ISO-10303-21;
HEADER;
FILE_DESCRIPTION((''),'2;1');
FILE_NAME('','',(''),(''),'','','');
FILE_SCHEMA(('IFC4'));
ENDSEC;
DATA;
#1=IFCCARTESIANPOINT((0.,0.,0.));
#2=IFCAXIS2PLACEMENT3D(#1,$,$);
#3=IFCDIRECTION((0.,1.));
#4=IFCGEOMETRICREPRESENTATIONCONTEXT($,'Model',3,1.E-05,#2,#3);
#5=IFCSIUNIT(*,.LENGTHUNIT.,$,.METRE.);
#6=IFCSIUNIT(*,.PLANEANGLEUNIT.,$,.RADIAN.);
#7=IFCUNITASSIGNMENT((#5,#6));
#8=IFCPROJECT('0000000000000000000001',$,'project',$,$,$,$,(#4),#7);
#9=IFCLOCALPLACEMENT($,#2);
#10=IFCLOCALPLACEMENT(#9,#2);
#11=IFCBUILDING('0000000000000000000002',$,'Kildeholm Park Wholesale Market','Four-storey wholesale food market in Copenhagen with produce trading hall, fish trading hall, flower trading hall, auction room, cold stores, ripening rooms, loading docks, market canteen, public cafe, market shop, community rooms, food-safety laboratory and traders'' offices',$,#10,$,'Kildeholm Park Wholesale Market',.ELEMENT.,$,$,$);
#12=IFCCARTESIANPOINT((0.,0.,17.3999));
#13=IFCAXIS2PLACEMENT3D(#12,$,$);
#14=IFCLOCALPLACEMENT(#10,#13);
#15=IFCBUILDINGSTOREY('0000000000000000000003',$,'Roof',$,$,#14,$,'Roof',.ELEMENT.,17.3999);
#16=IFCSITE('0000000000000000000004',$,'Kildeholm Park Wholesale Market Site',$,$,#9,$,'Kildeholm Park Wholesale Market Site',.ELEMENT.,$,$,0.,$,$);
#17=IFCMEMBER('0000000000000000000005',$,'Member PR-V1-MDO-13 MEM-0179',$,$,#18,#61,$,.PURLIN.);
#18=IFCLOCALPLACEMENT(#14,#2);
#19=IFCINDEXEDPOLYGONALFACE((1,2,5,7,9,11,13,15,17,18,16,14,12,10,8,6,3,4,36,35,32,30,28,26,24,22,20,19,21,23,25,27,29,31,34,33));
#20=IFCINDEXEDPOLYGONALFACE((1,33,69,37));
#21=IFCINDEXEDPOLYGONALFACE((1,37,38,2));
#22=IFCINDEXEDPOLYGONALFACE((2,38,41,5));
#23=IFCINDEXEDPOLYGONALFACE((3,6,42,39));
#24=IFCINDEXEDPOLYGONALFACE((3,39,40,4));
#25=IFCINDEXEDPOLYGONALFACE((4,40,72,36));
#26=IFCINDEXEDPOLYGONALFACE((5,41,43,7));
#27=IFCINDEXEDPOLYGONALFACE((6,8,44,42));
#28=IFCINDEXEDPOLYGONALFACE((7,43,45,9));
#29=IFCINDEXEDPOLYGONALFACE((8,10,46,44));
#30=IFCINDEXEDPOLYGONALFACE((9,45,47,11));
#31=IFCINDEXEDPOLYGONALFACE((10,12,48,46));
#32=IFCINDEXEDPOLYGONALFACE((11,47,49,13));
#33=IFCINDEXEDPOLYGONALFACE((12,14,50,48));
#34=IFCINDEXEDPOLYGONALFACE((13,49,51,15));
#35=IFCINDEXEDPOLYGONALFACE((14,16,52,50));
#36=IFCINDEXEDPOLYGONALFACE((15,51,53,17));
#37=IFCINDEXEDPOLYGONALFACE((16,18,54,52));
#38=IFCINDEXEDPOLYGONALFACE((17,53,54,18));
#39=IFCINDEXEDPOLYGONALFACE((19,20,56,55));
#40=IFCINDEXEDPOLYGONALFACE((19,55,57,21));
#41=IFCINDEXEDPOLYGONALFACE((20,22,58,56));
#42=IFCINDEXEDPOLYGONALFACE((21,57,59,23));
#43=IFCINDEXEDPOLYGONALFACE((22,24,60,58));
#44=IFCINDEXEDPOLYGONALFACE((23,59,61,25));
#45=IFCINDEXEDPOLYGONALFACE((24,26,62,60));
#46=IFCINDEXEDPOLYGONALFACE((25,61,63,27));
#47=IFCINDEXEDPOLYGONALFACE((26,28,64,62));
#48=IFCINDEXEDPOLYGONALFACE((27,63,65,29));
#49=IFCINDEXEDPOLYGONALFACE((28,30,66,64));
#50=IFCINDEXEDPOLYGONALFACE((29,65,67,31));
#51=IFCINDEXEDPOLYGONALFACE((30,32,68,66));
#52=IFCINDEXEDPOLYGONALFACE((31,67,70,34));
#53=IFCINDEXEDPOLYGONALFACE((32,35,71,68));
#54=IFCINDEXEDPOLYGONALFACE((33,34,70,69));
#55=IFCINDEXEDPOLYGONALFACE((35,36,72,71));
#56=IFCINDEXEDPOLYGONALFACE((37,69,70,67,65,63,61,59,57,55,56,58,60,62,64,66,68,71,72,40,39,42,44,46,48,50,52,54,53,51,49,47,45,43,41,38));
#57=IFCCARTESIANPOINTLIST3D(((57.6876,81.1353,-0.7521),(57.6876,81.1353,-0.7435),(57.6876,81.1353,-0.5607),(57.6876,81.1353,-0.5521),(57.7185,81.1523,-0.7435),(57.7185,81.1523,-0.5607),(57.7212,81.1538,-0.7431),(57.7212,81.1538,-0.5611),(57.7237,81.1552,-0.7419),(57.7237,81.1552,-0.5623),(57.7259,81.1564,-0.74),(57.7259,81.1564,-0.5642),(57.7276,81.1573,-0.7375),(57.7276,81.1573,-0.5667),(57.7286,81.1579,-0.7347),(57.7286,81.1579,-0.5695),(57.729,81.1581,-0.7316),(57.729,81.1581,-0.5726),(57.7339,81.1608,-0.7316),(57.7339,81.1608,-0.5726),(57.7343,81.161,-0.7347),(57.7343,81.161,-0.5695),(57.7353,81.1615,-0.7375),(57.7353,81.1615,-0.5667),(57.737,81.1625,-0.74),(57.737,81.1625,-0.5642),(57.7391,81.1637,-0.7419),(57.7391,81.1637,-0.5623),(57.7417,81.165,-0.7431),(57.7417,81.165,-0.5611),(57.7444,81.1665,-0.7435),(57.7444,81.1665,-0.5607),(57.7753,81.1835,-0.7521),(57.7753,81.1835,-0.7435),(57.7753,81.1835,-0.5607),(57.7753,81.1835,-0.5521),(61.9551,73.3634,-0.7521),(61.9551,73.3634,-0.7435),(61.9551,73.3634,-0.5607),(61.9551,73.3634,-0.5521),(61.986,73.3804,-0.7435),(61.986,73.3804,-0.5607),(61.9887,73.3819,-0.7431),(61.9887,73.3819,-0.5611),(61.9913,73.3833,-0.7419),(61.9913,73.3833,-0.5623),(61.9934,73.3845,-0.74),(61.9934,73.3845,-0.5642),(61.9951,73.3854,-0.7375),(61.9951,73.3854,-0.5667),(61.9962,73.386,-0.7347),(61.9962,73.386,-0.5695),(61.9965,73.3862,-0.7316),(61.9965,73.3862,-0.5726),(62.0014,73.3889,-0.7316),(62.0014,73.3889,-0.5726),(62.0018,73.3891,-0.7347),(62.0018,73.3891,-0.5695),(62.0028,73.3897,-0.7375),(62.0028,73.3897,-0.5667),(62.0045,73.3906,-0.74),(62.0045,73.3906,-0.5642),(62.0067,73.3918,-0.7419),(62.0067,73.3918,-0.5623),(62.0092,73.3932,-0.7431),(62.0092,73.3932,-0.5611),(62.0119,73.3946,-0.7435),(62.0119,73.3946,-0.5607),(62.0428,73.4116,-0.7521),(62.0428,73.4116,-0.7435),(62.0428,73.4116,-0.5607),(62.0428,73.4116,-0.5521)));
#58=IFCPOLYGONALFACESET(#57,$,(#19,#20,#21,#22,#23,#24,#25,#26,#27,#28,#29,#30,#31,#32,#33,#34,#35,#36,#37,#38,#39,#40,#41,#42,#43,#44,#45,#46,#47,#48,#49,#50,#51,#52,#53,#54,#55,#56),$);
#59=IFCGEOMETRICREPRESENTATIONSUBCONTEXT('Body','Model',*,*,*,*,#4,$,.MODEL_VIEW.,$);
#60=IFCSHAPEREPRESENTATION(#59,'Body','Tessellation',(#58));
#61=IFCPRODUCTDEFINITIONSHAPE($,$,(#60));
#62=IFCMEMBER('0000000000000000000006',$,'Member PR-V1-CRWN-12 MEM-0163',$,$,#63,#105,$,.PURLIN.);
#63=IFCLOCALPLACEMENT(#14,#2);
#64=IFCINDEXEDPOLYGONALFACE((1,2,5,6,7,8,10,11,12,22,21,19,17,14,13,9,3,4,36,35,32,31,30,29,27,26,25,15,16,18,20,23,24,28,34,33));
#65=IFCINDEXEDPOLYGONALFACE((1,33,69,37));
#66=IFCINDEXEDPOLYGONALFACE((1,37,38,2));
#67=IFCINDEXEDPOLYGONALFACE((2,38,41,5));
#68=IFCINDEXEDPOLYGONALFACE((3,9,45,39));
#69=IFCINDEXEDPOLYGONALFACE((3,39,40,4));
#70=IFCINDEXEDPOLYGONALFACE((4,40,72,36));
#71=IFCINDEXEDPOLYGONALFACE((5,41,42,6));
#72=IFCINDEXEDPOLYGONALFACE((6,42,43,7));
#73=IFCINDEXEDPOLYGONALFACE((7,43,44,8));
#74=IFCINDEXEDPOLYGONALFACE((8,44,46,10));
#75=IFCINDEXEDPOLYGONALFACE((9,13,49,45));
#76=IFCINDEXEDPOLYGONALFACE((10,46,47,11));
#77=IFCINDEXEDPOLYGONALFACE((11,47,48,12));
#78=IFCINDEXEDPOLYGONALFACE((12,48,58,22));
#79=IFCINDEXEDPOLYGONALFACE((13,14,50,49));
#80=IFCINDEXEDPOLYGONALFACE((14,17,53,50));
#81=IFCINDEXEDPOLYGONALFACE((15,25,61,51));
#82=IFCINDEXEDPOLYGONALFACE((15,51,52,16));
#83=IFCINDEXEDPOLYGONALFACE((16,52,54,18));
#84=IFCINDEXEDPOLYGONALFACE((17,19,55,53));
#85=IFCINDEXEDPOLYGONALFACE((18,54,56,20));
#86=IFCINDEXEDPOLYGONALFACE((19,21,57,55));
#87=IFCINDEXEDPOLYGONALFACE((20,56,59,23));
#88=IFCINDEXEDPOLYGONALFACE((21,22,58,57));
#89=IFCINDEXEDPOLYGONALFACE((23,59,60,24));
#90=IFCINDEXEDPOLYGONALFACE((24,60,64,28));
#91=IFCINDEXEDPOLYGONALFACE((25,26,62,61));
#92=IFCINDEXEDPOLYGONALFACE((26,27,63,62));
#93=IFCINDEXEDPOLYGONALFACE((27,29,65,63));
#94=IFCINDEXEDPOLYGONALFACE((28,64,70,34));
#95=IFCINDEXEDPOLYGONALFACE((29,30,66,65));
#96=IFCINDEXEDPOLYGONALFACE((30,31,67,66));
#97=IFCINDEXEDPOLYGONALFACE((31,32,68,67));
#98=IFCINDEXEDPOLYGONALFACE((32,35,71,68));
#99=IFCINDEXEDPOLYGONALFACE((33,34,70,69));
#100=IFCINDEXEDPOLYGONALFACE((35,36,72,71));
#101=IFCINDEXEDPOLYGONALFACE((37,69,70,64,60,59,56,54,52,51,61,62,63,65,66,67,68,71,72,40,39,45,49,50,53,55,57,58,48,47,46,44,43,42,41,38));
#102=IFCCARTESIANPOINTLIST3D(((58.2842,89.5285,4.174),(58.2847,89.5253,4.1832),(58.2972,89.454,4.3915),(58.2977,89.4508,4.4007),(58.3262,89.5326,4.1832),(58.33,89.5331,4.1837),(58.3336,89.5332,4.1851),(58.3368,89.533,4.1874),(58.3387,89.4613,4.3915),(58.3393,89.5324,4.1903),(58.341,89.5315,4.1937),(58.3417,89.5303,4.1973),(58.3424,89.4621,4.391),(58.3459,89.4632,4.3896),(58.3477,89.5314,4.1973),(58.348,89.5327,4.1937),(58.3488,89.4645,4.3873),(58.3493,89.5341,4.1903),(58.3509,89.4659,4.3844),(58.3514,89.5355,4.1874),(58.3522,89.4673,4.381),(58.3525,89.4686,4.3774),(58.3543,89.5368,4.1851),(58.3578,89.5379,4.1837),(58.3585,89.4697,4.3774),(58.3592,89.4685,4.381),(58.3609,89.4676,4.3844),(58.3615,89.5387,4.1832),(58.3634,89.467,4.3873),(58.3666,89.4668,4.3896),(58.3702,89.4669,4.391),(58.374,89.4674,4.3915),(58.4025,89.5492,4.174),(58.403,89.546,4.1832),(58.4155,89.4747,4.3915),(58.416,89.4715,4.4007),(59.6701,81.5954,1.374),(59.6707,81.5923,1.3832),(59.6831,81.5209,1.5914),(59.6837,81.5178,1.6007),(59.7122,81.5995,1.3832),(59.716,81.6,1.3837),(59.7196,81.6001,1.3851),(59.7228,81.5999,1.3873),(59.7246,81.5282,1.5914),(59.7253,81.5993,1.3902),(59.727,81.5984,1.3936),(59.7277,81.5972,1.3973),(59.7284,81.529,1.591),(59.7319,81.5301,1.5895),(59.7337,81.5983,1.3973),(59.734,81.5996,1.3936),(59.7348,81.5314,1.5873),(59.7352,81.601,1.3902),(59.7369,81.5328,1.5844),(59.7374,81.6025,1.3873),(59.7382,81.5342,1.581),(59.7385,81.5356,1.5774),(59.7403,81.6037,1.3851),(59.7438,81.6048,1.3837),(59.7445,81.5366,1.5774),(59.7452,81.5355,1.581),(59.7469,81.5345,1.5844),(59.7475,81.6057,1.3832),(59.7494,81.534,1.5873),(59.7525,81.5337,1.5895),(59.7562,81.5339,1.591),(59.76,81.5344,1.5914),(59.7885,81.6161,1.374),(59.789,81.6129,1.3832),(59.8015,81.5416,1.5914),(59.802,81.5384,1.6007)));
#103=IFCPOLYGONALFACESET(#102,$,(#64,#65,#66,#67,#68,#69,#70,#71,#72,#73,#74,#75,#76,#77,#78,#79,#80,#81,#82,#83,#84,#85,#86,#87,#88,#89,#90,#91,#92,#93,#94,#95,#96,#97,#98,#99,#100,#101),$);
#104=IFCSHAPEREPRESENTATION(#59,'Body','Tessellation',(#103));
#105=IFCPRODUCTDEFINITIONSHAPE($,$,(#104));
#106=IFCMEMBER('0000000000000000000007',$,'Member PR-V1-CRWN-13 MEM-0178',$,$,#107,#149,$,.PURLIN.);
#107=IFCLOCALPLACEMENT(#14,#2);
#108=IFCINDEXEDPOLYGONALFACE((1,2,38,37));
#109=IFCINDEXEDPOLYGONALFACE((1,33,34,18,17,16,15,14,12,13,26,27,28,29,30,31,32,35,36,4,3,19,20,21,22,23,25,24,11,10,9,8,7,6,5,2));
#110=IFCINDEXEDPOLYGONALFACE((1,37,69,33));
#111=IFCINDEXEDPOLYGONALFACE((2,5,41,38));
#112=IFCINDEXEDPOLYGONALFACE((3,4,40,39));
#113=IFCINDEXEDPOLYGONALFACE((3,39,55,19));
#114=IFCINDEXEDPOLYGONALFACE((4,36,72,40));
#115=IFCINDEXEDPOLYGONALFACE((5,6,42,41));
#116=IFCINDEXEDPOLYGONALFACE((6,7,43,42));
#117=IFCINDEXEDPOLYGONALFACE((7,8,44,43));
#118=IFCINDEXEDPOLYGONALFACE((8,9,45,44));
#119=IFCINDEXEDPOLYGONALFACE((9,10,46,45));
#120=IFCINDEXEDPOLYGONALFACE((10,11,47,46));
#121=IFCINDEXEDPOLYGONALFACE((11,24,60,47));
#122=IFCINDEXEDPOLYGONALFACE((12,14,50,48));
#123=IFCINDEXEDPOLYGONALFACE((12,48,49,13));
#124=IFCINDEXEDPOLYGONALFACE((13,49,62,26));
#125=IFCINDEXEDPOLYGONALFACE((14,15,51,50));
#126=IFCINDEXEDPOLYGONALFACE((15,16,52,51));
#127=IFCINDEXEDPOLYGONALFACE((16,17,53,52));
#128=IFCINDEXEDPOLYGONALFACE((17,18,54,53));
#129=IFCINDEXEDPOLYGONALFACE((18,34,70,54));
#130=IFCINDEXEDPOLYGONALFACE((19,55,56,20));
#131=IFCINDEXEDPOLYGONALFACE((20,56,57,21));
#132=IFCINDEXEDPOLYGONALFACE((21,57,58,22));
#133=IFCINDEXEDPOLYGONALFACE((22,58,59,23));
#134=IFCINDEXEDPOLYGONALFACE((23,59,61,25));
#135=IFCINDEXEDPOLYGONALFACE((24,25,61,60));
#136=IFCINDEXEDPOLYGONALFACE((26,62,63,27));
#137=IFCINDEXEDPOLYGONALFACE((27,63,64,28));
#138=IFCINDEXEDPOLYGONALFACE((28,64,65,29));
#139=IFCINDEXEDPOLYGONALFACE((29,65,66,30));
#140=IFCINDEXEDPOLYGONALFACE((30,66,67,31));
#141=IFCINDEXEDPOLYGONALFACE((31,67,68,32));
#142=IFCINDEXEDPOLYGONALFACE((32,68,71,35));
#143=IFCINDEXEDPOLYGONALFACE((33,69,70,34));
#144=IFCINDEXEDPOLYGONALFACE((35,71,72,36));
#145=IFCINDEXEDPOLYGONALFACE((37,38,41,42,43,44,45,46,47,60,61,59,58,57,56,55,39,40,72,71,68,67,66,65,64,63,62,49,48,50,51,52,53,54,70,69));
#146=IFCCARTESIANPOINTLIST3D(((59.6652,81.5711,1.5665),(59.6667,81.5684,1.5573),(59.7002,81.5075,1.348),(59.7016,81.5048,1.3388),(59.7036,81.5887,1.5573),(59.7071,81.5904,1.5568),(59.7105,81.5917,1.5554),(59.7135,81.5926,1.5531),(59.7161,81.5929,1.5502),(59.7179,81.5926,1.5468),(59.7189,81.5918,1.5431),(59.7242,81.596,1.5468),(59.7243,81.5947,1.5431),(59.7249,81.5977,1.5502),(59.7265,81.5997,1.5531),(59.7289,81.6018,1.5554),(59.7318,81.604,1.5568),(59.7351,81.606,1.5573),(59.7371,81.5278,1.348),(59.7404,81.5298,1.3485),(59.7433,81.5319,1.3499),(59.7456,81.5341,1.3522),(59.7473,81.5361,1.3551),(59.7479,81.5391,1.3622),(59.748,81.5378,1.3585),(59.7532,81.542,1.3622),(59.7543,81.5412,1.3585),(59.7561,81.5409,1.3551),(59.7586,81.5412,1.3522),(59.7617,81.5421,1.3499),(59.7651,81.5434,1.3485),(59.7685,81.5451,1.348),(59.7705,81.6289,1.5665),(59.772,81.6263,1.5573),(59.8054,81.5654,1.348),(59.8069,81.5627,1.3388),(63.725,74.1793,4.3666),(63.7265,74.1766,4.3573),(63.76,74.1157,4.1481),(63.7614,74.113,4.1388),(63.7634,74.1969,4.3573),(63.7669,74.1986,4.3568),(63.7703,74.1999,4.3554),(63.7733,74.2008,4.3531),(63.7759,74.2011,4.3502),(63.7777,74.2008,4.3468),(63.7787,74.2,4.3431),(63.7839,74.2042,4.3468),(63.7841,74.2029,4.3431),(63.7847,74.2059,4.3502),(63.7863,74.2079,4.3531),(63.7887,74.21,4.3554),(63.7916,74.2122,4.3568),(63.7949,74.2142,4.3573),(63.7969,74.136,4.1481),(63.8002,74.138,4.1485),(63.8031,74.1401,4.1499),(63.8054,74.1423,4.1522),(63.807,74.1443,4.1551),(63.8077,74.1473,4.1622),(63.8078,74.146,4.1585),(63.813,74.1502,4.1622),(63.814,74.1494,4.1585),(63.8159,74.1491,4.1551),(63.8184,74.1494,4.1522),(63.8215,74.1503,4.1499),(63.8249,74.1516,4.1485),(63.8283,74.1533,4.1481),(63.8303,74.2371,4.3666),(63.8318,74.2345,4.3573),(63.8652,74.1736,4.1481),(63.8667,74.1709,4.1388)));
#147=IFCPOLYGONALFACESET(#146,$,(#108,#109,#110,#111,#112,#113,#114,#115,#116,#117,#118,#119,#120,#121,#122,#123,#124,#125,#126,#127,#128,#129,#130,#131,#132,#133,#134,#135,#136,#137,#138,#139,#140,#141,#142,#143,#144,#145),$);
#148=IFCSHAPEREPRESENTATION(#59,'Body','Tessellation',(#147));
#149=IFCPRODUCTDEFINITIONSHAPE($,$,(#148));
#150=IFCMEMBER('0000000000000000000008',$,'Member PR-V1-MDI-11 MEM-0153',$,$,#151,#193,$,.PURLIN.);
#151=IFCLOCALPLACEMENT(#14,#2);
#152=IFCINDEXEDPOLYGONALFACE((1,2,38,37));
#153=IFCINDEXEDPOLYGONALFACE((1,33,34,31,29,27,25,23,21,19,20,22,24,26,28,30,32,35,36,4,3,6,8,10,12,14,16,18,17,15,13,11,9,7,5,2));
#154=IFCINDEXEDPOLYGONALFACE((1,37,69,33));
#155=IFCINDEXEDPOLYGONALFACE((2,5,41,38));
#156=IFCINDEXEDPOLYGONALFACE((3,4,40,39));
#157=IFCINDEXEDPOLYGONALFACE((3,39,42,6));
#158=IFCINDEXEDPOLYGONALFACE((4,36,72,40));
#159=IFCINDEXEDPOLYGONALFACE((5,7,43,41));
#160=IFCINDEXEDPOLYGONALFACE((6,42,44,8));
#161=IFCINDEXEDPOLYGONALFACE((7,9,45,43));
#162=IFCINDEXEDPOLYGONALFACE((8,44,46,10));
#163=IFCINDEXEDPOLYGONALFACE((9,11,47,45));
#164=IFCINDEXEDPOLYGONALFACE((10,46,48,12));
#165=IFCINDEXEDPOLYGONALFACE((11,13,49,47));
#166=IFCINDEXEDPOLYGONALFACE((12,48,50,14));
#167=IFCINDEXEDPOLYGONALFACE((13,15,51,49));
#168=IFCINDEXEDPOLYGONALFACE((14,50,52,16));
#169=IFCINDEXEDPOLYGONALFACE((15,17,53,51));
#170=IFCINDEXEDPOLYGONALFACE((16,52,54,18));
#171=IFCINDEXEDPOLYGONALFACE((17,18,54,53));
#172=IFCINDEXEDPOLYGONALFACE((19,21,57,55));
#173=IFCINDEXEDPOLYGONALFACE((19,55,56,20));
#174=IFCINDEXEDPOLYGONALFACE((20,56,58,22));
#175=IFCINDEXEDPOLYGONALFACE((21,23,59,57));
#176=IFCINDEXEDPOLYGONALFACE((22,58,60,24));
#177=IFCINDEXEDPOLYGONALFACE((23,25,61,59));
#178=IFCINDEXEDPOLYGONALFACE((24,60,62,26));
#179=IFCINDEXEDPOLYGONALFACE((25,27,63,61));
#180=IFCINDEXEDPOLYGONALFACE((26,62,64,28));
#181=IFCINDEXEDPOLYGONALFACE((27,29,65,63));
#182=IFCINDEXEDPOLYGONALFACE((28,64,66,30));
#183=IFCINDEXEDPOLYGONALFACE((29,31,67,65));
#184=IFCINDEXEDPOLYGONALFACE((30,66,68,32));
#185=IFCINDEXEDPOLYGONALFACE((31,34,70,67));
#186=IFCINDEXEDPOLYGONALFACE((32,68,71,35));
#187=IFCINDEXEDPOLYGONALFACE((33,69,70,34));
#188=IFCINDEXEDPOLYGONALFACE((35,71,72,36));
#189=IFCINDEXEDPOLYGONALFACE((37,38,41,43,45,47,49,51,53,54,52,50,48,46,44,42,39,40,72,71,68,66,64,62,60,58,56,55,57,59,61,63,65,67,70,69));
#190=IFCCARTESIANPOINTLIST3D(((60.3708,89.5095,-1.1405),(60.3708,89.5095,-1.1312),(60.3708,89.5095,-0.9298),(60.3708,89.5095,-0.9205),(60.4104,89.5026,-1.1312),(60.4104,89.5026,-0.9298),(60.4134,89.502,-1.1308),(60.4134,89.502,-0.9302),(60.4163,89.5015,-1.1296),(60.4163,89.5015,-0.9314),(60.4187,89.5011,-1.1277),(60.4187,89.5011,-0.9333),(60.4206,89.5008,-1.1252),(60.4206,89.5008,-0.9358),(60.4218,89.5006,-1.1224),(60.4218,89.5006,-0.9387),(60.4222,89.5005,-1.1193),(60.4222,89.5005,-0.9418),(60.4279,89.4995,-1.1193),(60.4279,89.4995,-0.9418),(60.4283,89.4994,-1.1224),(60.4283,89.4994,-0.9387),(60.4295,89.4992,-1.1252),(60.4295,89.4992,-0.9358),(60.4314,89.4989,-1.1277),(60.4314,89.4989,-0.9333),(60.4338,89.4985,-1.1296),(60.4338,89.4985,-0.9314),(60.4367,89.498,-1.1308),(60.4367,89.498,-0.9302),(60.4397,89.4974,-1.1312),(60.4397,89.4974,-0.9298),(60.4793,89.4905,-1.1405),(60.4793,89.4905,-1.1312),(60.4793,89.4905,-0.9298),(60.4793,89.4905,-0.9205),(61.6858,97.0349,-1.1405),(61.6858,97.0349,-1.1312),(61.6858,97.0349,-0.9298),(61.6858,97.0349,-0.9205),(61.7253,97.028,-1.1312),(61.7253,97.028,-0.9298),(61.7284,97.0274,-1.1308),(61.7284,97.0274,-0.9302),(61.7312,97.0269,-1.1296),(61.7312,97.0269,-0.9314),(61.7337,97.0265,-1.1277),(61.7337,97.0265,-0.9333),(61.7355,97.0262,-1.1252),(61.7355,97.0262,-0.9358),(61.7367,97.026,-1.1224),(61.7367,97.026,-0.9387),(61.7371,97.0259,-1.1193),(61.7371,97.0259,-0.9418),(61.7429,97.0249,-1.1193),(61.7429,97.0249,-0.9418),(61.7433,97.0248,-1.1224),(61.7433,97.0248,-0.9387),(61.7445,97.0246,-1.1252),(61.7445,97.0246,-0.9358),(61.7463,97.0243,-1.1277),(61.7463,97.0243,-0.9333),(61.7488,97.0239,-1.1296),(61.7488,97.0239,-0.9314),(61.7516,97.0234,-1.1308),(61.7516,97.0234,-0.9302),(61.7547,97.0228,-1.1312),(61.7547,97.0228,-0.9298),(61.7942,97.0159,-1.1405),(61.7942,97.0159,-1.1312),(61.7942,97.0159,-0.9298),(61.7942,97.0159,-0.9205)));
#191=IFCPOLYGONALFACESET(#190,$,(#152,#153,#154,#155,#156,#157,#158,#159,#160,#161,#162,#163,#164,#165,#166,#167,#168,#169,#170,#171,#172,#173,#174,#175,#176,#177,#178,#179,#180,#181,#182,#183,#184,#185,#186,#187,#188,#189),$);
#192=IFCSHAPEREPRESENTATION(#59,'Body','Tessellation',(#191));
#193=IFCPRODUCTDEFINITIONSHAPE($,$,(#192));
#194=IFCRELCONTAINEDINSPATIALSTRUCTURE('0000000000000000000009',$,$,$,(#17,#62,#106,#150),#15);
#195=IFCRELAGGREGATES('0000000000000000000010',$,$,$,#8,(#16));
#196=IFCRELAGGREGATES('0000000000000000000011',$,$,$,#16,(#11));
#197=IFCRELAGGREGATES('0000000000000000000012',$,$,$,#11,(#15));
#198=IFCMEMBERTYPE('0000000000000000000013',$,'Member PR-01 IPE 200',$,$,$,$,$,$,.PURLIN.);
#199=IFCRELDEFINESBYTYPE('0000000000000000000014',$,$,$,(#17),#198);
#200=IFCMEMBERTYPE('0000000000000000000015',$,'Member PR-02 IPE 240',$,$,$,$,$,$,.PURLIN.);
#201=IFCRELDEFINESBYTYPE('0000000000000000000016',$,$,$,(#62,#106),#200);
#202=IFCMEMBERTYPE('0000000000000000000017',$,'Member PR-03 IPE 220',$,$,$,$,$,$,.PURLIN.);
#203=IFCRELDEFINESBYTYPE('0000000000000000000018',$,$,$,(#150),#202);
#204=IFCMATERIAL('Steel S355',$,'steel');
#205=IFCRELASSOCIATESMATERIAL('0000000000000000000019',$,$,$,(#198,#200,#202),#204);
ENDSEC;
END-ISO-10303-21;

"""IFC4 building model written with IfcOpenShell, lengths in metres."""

from ifc_helpers import new_model, si_unit, direction, frame, origin, origin_2d, place, context, subcontext, project, spatial, i_section, extrude, material, material_profile, profile_set, type_object, element, save


model = new_model("IFC4")

# Units and contexts
model_context = context("Model", 3, precision=1e-05, world=origin(), true_north=direction((0.0, 1.0)))
body_context = subcontext(model_context, "Body", "Model", "MODEL_VIEW")
ifc_project = project(units=[si_unit("LENGTHUNIT", "METRE"), si_unit("PLANEANGLEUNIT", "RADIAN")], contexts=[model_context])

# Site, building, storey
site_placement = place(None, origin())
site = spatial("IfcSite", under=ifc_project, at=site_placement, Name="Kildeholm Park Wholesale Market Site", LongName="Kildeholm Park Wholesale Market Site", CompositionType="ELEMENT", RefElevation=0.0)
building_placement = place(site_placement, origin())
building = spatial("IfcBuilding", under=site, at=building_placement, Name="Kildeholm Park Wholesale Market", Description="Four-storey wholesale food market in Copenhagen with produce trading hall, fish trading hall, flower trading hall, auction room, cold stores, ripening rooms, loading docks, market canteen, public cafe, market shop, community rooms, food-safety laboratory and traders' offices", LongName="Kildeholm Park Wholesale Market", CompositionType="ELEMENT")
storey_placement = place(building_placement, frame((0.0, 0.0, 17.3999)))
storey = spatial("IfcBuildingStorey", under=building, at=storey_placement, Name="Roof", LongName="Roof", CompositionType="ELEMENT", Elevation=17.3999)

# Members
ifc_material_1 = material(Name="Steel S355", Category="steel")
ifc_material_profile_1 = material_profile(ifc_material_1, i_section(OverallWidth=0.1001, OverallDepth=0.2, WebThickness=0.0056, FlangeThickness=0.0085, FilletRadius=0.012, at=origin_2d()), Name="IPE 200")
ifc_profile_set_1 = profile_set([ifc_material_profile_1], Name="Steel S355")
member_type_1 = type_object("IfcMemberType", Name="Member PR-01 IPE 200", PredefinedType="PURLIN", material=ifc_profile_set_1)
member_1_placement = place(storey_placement, frame((57.7314, 81.1594, -0.6521), z_axis=(0.481312, -0.876549, 0.0), x_axis=(0.876549, 0.481312, 0.0)))
element("IfcMember", 1, at=member_1_placement, inside=storey, type_object=member_type_1, Name="Member PR-V1-MDO-13 MEM-0179", PredefinedType="PURLIN", context=body_context, shape_type="SweptSolid", body=[
    extrude(i_section(OverallWidth=0.1001, OverallDepth=0.2, WebThickness=0.0056, FlangeThickness=0.0085, FilletRadius=0.012, at=origin_2d()), origin(), (0.0, 0.0, 1.0), 8.8665),
])
ifc_material_profile_2 = material_profile(ifc_material_1, i_section(OverallWidth=0.1201, OverallDepth=0.24, WebThickness=0.0061, FlangeThickness=0.0098, FilletRadius=0.0149, at=origin_2d()), Name="IPE 240")
ifc_profile_set_2 = profile_set([ifc_material_profile_2], Name="Steel S355")
member_type_2 = type_object("IfcMemberType", Name="Member PR-02 IPE 240", PredefinedType="PURLIN", material=ifc_profile_set_2)
member_2_placement = place(storey_placement, frame((58.3501, 89.5, 4.2874), z_axis=(0.162557, -0.930443, -0.328407), x_axis=(0.985079, 0.172102, 0.0)))
element("IfcMember", 2, at=member_2_placement, inside=storey, type_object=member_type_2, Name="Member PR-V1-CRWN-12 MEM-0163", PredefinedType="PURLIN", context=body_context, shape_type="SweptSolid", body=[
    extrude(i_section(OverallWidth=0.1201, OverallDepth=0.24, WebThickness=0.0061, FlangeThickness=0.0098, FilletRadius=0.0149, at=origin_2d()), origin(), (0.0, 0.0, 1.0), 8.5261),
])
member_3_placement = place(storey_placement, frame((59.7361, 81.5669, 1.4526), z_axis=(0.456875, -0.831849, 0.315106), x_axis=(0.876501, 0.4814, 0.0)))
element("IfcMember", 3, at=member_3_placement, inside=storey, type_object=member_type_2, Name="Member PR-V1-CRWN-13 MEM-0178", PredefinedType="PURLIN", context=body_context, shape_type="SweptSolid", body=[
    extrude(i_section(OverallWidth=0.1201, OverallDepth=0.24, WebThickness=0.0061, FlangeThickness=0.0098, FilletRadius=0.0149, at=origin_2d()), origin(), (0.0, 0.0, 1.0), 8.886),
])
ifc_material_profile_3 = material_profile(ifc_material_1, i_section(OverallWidth=0.1101, OverallDepth=0.22, WebThickness=0.0059, FlangeThickness=0.0093, FilletRadius=0.012, at=origin_2d()), Name="IPE 220")
ifc_profile_set_3 = profile_set([ifc_material_profile_3], Name="Steel S355")
member_type_3 = type_object("IfcMemberType", Name="Member PR-03 IPE 220", PredefinedType="PURLIN", material=ifc_profile_set_3)
for number, where, z_axis, x_axis, name in (
    (4, (61.74, 97.0254, -1.0305), (-0.172126, -0.985075, 0.0), (0.985075, -0.172126, 0.0), "Member PR-V1-MDI-11 MEM-0153"),
):
    element("IfcMember", number, at=place(storey_placement, frame(where, z_axis=z_axis, x_axis=x_axis)), inside=storey, type_object=member_type_3, Name=name, PredefinedType="PURLIN", context=body_context, shape_type="SweptSolid", body=[
        extrude(i_section(OverallWidth=0.1101, OverallDepth=0.22, WebThickness=0.0059, FlangeThickness=0.0093, FilletRadius=0.012, at=origin_2d()), origin(), (0.0, 0.0, 1.0), 7.6394),
    ])

save(model, "model.ifc")
